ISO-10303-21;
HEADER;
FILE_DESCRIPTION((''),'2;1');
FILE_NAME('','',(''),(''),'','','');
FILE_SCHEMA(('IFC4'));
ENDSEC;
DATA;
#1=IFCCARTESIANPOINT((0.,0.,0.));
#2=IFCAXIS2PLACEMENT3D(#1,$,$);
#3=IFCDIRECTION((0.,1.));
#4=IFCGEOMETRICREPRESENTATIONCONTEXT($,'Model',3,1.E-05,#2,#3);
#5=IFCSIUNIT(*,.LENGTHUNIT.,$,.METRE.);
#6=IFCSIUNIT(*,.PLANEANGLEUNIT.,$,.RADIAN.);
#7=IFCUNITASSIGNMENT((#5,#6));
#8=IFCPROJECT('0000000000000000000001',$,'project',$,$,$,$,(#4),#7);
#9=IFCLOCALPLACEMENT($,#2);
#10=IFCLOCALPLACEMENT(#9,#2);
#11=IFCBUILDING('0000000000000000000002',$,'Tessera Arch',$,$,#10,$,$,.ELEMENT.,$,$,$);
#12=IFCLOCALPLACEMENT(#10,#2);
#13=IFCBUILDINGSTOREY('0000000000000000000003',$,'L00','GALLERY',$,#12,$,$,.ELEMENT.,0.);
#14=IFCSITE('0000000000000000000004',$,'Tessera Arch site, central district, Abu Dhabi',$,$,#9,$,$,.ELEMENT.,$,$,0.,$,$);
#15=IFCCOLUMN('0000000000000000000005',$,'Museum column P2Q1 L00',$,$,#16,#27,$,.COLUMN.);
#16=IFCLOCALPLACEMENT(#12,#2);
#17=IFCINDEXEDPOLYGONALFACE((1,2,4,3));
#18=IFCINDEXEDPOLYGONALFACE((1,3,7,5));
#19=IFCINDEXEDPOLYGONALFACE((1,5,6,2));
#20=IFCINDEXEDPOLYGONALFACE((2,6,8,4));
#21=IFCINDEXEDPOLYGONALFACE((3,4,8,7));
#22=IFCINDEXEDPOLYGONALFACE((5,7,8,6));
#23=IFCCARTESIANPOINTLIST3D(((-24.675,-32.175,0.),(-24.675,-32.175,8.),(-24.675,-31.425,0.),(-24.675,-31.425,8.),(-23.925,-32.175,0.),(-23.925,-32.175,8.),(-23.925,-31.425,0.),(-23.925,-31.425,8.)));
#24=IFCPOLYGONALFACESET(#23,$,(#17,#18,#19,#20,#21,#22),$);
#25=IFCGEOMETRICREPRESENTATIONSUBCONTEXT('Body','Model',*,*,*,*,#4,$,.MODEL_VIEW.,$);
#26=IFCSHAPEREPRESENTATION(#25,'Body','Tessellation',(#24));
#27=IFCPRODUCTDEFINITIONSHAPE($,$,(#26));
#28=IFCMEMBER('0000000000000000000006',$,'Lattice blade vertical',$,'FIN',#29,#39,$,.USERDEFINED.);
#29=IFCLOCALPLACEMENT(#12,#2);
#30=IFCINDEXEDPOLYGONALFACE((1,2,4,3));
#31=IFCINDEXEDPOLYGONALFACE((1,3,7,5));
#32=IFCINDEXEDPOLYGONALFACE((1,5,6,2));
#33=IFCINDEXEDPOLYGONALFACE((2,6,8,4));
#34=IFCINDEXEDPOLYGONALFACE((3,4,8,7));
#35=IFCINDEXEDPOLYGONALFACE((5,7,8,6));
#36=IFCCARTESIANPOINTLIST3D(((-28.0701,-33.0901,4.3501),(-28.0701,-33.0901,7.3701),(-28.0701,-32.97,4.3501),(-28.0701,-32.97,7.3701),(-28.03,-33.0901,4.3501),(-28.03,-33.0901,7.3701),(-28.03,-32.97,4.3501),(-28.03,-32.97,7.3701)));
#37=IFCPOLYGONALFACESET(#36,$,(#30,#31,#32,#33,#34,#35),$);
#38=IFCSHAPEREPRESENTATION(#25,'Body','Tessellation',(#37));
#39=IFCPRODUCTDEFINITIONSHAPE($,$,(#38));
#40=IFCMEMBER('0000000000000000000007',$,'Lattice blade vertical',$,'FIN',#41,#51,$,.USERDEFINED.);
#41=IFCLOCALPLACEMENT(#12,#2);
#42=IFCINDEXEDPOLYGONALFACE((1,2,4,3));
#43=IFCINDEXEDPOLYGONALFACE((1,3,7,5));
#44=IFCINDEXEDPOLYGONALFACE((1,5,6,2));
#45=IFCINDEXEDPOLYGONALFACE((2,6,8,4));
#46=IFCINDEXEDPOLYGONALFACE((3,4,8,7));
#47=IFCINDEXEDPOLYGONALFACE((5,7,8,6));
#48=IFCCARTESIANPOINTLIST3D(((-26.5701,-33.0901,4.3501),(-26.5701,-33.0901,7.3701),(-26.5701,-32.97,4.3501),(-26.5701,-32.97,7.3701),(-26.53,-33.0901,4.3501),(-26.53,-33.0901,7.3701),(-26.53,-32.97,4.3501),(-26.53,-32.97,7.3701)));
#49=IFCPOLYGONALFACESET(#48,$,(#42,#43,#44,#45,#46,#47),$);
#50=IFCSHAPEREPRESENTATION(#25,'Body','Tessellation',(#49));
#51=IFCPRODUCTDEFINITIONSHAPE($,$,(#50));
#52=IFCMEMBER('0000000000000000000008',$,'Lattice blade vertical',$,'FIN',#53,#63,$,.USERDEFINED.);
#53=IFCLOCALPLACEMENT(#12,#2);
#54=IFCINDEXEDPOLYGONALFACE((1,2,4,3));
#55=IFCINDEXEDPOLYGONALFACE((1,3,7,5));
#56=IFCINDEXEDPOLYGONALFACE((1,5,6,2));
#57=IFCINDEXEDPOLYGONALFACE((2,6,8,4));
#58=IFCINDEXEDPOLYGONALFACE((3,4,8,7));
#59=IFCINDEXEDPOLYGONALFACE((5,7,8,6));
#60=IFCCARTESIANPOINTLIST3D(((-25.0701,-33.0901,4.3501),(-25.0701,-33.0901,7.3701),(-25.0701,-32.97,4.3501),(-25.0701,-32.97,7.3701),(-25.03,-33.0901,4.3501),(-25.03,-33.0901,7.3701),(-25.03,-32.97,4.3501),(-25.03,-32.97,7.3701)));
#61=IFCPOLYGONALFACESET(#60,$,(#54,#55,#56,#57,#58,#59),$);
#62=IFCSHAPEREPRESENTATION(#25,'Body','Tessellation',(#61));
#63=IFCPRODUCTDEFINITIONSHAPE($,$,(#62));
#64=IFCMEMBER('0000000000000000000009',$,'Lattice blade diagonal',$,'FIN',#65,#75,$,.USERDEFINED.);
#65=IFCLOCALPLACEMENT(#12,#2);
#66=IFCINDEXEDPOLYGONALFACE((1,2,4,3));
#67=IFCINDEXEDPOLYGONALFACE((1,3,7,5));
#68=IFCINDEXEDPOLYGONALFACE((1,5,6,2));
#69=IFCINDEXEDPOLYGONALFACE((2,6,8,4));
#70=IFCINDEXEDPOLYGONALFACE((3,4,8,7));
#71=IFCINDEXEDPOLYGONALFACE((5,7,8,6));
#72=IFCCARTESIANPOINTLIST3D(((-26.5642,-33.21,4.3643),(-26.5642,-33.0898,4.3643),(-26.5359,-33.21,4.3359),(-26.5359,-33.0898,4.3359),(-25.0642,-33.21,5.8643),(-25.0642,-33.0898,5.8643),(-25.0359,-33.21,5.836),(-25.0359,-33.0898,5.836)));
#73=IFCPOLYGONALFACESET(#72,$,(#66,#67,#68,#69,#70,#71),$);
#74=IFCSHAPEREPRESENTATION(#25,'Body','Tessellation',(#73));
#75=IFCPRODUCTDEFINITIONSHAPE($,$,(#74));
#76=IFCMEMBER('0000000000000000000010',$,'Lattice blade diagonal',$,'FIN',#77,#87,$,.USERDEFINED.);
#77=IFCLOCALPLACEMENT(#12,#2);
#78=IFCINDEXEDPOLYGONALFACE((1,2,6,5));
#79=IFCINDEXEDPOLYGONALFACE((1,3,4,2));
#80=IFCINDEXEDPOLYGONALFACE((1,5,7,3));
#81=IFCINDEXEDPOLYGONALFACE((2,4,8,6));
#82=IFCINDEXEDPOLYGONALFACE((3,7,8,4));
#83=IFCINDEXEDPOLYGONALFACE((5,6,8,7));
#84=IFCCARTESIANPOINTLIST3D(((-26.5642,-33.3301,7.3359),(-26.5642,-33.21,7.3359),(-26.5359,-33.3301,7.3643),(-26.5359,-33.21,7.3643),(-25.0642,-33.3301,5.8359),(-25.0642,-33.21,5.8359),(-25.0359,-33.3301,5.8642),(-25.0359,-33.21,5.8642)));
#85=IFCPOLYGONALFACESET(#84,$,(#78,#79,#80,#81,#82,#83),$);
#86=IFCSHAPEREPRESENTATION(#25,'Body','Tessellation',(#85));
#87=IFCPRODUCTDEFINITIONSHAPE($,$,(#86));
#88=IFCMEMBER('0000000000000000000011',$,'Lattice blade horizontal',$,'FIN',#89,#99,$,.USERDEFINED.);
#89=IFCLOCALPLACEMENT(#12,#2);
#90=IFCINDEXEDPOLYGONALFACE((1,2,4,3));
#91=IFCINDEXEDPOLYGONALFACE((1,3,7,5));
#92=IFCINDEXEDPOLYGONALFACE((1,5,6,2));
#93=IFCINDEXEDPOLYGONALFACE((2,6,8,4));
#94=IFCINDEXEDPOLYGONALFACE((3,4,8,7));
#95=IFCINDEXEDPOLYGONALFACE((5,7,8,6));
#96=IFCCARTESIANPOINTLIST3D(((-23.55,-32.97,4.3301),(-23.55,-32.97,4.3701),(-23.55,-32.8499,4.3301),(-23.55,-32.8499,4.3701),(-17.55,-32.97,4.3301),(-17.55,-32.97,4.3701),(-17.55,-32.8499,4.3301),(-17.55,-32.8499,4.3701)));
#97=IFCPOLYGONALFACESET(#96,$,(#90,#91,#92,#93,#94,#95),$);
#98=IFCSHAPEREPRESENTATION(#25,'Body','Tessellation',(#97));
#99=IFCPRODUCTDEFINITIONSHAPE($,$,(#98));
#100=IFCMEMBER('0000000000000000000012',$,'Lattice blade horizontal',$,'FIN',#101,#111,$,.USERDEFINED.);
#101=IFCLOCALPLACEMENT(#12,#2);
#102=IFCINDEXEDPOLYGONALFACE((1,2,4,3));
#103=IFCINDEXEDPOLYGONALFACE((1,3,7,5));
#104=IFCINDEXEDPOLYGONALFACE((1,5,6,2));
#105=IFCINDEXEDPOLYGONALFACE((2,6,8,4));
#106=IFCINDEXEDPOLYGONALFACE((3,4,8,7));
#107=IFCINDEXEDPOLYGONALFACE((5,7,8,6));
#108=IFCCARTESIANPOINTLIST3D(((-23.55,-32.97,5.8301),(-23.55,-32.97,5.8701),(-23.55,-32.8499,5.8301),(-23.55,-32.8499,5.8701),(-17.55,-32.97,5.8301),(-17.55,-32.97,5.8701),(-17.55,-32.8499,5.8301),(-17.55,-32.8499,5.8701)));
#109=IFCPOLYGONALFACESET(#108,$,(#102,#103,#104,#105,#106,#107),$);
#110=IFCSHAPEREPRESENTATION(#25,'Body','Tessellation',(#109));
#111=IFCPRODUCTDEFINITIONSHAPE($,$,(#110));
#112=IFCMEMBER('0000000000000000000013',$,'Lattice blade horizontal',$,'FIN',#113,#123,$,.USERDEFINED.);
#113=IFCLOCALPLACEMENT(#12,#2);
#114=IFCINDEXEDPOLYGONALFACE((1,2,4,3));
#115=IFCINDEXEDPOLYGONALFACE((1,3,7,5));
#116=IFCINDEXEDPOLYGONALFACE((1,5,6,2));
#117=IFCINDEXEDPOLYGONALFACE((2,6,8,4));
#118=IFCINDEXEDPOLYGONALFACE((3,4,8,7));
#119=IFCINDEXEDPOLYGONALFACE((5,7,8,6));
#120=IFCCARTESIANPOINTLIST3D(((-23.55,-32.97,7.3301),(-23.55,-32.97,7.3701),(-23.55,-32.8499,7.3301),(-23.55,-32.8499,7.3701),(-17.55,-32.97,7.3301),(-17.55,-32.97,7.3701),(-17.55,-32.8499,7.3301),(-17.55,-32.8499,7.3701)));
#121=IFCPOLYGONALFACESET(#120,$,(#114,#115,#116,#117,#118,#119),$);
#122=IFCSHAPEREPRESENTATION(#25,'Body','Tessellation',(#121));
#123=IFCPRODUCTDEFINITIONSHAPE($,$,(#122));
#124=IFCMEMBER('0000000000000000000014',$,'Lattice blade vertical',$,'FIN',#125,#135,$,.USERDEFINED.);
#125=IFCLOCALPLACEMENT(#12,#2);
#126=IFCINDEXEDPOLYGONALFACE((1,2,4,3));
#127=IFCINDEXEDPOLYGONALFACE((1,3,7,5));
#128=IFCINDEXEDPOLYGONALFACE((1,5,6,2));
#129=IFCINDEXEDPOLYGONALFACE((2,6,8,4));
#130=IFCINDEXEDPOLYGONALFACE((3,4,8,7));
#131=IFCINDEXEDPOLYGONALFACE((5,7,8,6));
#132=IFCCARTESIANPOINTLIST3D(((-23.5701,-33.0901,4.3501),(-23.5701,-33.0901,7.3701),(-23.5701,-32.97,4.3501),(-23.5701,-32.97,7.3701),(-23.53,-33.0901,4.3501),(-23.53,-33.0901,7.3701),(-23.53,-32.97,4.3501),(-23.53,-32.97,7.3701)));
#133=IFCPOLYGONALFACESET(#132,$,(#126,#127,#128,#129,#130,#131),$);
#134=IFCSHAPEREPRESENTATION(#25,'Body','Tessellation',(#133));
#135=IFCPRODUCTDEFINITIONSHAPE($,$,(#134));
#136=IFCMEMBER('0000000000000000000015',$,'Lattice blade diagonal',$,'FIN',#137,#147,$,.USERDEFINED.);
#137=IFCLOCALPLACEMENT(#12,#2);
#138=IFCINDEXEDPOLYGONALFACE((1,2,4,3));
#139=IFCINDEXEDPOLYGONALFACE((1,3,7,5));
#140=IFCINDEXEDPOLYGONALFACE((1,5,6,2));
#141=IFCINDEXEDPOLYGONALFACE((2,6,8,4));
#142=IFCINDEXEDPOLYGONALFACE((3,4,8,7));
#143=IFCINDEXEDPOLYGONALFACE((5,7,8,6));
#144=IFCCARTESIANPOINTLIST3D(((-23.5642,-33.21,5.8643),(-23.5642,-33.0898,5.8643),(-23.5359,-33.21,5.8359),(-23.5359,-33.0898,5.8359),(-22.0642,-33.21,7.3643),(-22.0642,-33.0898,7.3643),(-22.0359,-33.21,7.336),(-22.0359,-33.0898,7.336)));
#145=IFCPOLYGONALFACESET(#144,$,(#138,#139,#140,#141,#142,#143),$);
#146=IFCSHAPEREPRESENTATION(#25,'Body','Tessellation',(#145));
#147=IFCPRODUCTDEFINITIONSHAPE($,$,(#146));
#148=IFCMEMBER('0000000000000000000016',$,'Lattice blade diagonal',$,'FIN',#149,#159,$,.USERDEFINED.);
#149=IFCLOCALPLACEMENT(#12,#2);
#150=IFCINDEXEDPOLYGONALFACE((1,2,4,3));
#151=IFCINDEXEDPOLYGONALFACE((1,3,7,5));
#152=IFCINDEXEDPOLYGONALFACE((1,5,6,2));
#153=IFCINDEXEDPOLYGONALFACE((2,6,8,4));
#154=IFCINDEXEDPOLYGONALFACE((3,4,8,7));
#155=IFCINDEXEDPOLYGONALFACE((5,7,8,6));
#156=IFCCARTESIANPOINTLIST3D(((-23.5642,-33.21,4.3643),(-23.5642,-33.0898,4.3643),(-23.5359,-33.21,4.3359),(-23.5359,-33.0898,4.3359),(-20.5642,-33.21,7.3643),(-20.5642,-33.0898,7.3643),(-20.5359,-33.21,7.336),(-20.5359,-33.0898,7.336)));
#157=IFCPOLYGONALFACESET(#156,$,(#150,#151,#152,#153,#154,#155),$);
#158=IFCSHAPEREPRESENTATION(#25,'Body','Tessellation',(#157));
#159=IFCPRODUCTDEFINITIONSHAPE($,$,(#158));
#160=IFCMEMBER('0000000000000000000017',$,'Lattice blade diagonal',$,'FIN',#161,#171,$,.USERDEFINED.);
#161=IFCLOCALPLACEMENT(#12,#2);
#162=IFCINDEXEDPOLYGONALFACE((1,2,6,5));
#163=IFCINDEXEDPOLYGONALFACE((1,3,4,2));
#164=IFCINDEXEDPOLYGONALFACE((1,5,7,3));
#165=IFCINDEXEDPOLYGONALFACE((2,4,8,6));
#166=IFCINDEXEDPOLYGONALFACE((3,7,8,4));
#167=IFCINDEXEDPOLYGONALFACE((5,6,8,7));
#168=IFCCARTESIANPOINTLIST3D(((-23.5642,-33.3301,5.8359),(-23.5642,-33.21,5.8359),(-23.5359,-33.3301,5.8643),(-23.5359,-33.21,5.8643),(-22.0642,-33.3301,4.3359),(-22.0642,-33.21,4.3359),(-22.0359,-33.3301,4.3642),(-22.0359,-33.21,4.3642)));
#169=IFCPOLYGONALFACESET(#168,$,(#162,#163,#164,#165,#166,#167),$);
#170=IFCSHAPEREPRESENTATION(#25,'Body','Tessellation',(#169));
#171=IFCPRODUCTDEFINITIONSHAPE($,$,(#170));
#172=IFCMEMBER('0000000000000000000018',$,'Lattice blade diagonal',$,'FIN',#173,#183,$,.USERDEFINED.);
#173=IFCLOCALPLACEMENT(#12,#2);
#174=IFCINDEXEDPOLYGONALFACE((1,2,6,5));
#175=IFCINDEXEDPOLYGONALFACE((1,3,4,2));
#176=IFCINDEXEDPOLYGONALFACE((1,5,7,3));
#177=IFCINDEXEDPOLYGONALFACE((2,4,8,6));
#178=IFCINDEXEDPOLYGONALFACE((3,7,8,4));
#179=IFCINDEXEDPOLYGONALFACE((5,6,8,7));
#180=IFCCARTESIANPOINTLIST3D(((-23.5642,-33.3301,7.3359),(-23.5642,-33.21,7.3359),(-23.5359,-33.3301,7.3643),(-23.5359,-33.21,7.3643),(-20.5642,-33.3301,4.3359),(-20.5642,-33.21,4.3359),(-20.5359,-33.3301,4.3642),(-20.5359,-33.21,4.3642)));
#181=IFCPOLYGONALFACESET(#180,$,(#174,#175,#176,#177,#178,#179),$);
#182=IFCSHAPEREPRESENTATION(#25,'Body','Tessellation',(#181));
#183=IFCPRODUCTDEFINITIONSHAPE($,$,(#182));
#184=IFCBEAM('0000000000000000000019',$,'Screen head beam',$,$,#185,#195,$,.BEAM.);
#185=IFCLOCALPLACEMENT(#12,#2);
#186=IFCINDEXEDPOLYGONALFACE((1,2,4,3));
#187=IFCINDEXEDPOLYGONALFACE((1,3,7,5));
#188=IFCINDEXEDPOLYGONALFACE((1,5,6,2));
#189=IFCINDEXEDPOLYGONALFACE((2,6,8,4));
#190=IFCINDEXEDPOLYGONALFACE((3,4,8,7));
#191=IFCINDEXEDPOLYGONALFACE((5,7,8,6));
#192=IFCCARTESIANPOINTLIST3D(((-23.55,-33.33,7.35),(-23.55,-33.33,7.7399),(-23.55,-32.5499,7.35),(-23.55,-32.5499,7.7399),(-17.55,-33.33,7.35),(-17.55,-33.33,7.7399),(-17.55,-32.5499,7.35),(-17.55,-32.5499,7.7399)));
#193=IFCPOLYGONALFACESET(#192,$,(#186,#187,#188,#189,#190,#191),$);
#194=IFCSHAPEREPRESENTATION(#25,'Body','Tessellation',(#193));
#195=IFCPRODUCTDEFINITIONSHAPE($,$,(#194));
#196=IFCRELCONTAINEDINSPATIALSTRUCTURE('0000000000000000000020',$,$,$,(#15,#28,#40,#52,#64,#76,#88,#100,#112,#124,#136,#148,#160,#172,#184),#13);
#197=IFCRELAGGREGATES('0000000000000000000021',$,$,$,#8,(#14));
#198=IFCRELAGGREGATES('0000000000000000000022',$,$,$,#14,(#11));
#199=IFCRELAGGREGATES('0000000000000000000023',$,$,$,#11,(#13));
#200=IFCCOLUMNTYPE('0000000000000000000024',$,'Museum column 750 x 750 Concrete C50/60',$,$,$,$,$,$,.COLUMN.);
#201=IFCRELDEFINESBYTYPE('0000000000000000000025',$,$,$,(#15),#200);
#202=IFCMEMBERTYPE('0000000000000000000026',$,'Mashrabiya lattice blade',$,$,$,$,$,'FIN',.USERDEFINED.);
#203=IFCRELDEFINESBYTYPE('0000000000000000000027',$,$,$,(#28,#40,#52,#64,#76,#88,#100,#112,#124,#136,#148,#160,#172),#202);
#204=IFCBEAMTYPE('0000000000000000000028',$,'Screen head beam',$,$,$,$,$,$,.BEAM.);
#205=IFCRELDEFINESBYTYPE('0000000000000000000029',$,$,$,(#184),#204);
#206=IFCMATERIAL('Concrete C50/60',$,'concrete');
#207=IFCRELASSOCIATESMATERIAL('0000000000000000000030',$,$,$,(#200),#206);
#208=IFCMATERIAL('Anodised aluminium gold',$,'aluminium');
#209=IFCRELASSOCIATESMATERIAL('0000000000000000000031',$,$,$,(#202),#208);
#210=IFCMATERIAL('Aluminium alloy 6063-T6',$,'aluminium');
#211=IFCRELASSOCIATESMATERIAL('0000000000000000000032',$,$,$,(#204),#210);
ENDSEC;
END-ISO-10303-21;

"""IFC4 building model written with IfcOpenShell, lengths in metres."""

from ifc_helpers import new_model, si_unit, direction, frame, origin, origin_2d, place, context, subcontext, project, spatial, rectangle, extrude, material, material_profile, profile_set, type_object, element, save


model = new_model("IFC4")

# Units and contexts
model_context = context("Model", 3, precision=1e-05, world=origin(), true_north=direction((0.0, 1.0)))
body_context = subcontext(model_context, "Body", "Model", "MODEL_VIEW")
ifc_project = project(units=[si_unit("LENGTHUNIT", "METRE"), si_unit("PLANEANGLEUNIT", "RADIAN")], contexts=[model_context])

# Site, building, storey
site_placement = place(None, origin())
site = spatial("IfcSite", under=ifc_project, at=site_placement, Name="Tessera Arch site, central district, Abu Dhabi", CompositionType="ELEMENT", RefElevation=0.0)
building_placement = place(site_placement, origin())
building = spatial("IfcBuilding", under=site, at=building_placement, Name="Tessera Arch", CompositionType="ELEMENT")
storey_placement = place(building_placement, origin())
storey = spatial("IfcBuildingStorey", under=building, at=storey_placement, Name="L00", Description="GALLERY", CompositionType="ELEMENT", Elevation=0.0)

# Column
ifc_material_1 = material(Name="Concrete C50/60", Category="concrete")
ifc_material_profile_1 = material_profile(ifc_material_1, rectangle(XDim=0.75, YDim=0.75, at=origin_2d()), Name="Museum column 750 x 750 Concrete C50/60")
ifc_profile_set_1 = profile_set([ifc_material_profile_1], Name="Concrete C50/60")
column_type = type_object("IfcColumnType", Name="Museum column 750 x 750 Concrete C50/60", PredefinedType="COLUMN", material=ifc_profile_set_1)
column_placement = place(storey_placement, frame((-24.3, -31.8, 0.0), z_axis=(0.0, 0.0, 1.0), x_axis=(1.0, 0.0, 0.0)))
element("IfcColumn", 1, at=column_placement, inside=storey, type_object=column_type, Name="Museum column P2Q1 L00", PredefinedType="COLUMN", context=body_context, shape_type="SweptSolid", body=[
    extrude(rectangle(XDim=0.75, YDim=0.75, at=origin_2d()), origin(), (0.0, 0.0, 1.0), 8.0),
])

# Members
ifc_material_2 = material(Name="Anodised aluminium gold", Category="aluminium")
ifc_material_profile_2 = material_profile(ifc_material_2, rectangle(XDim=0.1201, YDim=0.04, at=origin_2d()), Name="AL 40x120")
ifc_profile_set_2 = profile_set([ifc_material_profile_2], Name="Anodised aluminium gold")
member_type_1 = type_object("IfcMemberType", Name="Mashrabiya lattice blade", ElementType="FIN", PredefinedType="USERDEFINED", material=ifc_profile_set_2)
for number, where, z_axis, x_axis, name in (
    (2, (-28.05, -33.03, 4.3501), (0.0, 0.0, 1.0), (0.0, -1.0, 0.0), "Lattice blade vertical"),
    (3, (-26.55, -33.03, 4.3501), (0.0, 0.0, 1.0), (0.0, -1.0, 0.0), "Lattice blade vertical"),
    (4, (-25.05, -33.03, 4.3501), (0.0, 0.0, 1.0), (0.0, -1.0, 0.0), "Lattice blade vertical"),
):
    element("IfcMember", number, at=place(storey_placement, frame(where, z_axis=z_axis, x_axis=x_axis)), inside=storey, type_object=member_type_1, Name=name, ObjectType="FIN", PredefinedType="USERDEFINED", context=body_context, shape_type="SweptSolid", body=[
        extrude(rectangle(XDim=0.1201, YDim=0.04, at=origin_2d()), origin(), (0.0, 0.0, 1.0), 3.02),
    ])
for number, where, z_axis, x_axis, name in (
    (5, (-26.55, -33.1499, 4.3501), (0.707107, 0.0, 0.707107), (0.0, 1.0, 0.0), "Lattice blade diagonal"),
    (6, (-26.55, -33.27, 7.3501), (0.707107, 0.0, -0.707107), (0.0, 1.0, 0.0), "Lattice blade diagonal"),
):
    element("IfcMember", number, at=place(storey_placement, frame(where, z_axis=z_axis, x_axis=x_axis)), inside=storey, type_object=member_type_1, Name=name, ObjectType="FIN", PredefinedType="USERDEFINED", context=body_context, shape_type="SweptSolid", body=[
        extrude(rectangle(XDim=0.1201, YDim=0.04, at=origin_2d()), origin(), (0.0, 0.0, 1.0), 2.1213),
    ])
for number, where, z_axis, x_axis, name in (
    (7, (-23.55, -32.9099, 4.3501), (1.0, 0.0, 0.0), (0.0, 1.0, 0.0), "Lattice blade horizontal"),
    (8, (-23.55, -32.9099, 5.8501), (1.0, 0.0, 0.0), (0.0, 1.0, 0.0), "Lattice blade horizontal"),
    (9, (-23.55, -32.9099, 7.3501), (1.0, 0.0, 0.0), (0.0, 1.0, 0.0), "Lattice blade horizontal"),
):
    element("IfcMember", number, at=place(storey_placement, frame(where, z_axis=z_axis, x_axis=x_axis)), inside=storey, type_object=member_type_1, Name=name, ObjectType="FIN", PredefinedType="USERDEFINED", context=body_context, shape_type="SweptSolid", body=[
        extrude(rectangle(XDim=0.1201, YDim=0.04, at=origin_2d()), origin(), (0.0, 0.0, 1.0), 6.0),
    ])
member_1_placement = place(storey_placement, frame((-23.55, -33.03, 4.3501), z_axis=(0.0, 0.0, 1.0), x_axis=(0.0, -1.0, 0.0)))
element("IfcMember", 10, at=member_1_placement, inside=storey, type_object=member_type_1, Name="Lattice blade vertical", ObjectType="FIN", PredefinedType="USERDEFINED", context=body_context, shape_type="SweptSolid", body=[
    extrude(rectangle(XDim=0.1201, YDim=0.04, at=origin_2d()), origin(), (0.0, 0.0, 1.0), 3.02),
])
member_2_placement = place(storey_placement, frame((-23.55, -33.1499, 5.8501), z_axis=(0.707107, 0.0, 0.707107), x_axis=(0.0, 1.0, 0.0)))
element("IfcMember", 11, at=member_2_placement, inside=storey, type_object=member_type_1, Name="Lattice blade diagonal", ObjectType="FIN", PredefinedType="USERDEFINED", context=body_context, shape_type="SweptSolid", body=[
    extrude(rectangle(XDim=0.1201, YDim=0.04, at=origin_2d()), origin(), (0.0, 0.0, 1.0), 2.1213),
])
member_3_placement = place(storey_placement, frame((-23.55, -33.1499, 4.3501), z_axis=(0.707107, 0.0, 0.707107), x_axis=(0.0, 1.0, 0.0)))
element("IfcMember", 12, at=member_3_placement, inside=storey, type_object=member_type_1, Name="Lattice blade diagonal", ObjectType="FIN", PredefinedType="USERDEFINED", context=body_context, shape_type="SweptSolid", body=[
    extrude(rectangle(XDim=0.1201, YDim=0.04, at=origin_2d()), origin(), (0.0, 0.0, 1.0), 4.2427),
])
member_4_placement = place(storey_placement, frame((-23.55, -33.27, 5.8501), z_axis=(0.707107, 0.0, -0.707107), x_axis=(0.0, 1.0, 0.0)))
element("IfcMember", 13, at=member_4_placement, inside=storey, type_object=member_type_1, Name="Lattice blade diagonal", ObjectType="FIN", PredefinedType="USERDEFINED", context=body_context, shape_type="SweptSolid", body=[
    extrude(rectangle(XDim=0.1201, YDim=0.04, at=origin_2d()), origin(), (0.0, 0.0, 1.0), 2.1213),
])
member_5_placement = place(storey_placement, frame((-23.55, -33.27, 7.3501), z_axis=(0.707107, 0.0, -0.707107), x_axis=(0.0, 1.0, 0.0)))
element("IfcMember", 14, at=member_5_placement, inside=storey, type_object=member_type_1, Name="Lattice blade diagonal", ObjectType="FIN", PredefinedType="USERDEFINED", context=body_context, shape_type="SweptSolid", body=[
    extrude(rectangle(XDim=0.1201, YDim=0.04, at=origin_2d()), origin(), (0.0, 0.0, 1.0), 4.2427),
])

# Beam
ifc_material_3 = material(Name="Aluminium alloy 6063-T6", Category="aluminium")
ifc_material_profile_3 = material_profile(ifc_material_3, rectangle(XDim=0.78, YDim=0.3899, at=origin_2d()), Name="AL 780x390")
ifc_profile_set_3 = profile_set([ifc_material_profile_3], Name="Aluminium alloy 6063-T6")
beam_type = type_object("IfcBeamType", Name="Screen head beam", PredefinedType="BEAM", material=ifc_profile_set_3)
beam_placement = place(storey_placement, frame((-23.55, -32.9399, 7.5449), z_axis=(1.0, 0.0, 0.0), x_axis=(0.0, 1.0, 0.0)))
element("IfcBeam", 15, at=beam_placement, inside=storey, type_object=beam_type, Name="Screen head beam", PredefinedType="BEAM", context=body_context, shape_type="SweptSolid", body=[
    extrude(rectangle(XDim=0.78, YDim=0.3899, at=origin_2d()), origin(), (0.0, 0.0, 1.0), 6.0),
])

save(model, "model.ifc")
